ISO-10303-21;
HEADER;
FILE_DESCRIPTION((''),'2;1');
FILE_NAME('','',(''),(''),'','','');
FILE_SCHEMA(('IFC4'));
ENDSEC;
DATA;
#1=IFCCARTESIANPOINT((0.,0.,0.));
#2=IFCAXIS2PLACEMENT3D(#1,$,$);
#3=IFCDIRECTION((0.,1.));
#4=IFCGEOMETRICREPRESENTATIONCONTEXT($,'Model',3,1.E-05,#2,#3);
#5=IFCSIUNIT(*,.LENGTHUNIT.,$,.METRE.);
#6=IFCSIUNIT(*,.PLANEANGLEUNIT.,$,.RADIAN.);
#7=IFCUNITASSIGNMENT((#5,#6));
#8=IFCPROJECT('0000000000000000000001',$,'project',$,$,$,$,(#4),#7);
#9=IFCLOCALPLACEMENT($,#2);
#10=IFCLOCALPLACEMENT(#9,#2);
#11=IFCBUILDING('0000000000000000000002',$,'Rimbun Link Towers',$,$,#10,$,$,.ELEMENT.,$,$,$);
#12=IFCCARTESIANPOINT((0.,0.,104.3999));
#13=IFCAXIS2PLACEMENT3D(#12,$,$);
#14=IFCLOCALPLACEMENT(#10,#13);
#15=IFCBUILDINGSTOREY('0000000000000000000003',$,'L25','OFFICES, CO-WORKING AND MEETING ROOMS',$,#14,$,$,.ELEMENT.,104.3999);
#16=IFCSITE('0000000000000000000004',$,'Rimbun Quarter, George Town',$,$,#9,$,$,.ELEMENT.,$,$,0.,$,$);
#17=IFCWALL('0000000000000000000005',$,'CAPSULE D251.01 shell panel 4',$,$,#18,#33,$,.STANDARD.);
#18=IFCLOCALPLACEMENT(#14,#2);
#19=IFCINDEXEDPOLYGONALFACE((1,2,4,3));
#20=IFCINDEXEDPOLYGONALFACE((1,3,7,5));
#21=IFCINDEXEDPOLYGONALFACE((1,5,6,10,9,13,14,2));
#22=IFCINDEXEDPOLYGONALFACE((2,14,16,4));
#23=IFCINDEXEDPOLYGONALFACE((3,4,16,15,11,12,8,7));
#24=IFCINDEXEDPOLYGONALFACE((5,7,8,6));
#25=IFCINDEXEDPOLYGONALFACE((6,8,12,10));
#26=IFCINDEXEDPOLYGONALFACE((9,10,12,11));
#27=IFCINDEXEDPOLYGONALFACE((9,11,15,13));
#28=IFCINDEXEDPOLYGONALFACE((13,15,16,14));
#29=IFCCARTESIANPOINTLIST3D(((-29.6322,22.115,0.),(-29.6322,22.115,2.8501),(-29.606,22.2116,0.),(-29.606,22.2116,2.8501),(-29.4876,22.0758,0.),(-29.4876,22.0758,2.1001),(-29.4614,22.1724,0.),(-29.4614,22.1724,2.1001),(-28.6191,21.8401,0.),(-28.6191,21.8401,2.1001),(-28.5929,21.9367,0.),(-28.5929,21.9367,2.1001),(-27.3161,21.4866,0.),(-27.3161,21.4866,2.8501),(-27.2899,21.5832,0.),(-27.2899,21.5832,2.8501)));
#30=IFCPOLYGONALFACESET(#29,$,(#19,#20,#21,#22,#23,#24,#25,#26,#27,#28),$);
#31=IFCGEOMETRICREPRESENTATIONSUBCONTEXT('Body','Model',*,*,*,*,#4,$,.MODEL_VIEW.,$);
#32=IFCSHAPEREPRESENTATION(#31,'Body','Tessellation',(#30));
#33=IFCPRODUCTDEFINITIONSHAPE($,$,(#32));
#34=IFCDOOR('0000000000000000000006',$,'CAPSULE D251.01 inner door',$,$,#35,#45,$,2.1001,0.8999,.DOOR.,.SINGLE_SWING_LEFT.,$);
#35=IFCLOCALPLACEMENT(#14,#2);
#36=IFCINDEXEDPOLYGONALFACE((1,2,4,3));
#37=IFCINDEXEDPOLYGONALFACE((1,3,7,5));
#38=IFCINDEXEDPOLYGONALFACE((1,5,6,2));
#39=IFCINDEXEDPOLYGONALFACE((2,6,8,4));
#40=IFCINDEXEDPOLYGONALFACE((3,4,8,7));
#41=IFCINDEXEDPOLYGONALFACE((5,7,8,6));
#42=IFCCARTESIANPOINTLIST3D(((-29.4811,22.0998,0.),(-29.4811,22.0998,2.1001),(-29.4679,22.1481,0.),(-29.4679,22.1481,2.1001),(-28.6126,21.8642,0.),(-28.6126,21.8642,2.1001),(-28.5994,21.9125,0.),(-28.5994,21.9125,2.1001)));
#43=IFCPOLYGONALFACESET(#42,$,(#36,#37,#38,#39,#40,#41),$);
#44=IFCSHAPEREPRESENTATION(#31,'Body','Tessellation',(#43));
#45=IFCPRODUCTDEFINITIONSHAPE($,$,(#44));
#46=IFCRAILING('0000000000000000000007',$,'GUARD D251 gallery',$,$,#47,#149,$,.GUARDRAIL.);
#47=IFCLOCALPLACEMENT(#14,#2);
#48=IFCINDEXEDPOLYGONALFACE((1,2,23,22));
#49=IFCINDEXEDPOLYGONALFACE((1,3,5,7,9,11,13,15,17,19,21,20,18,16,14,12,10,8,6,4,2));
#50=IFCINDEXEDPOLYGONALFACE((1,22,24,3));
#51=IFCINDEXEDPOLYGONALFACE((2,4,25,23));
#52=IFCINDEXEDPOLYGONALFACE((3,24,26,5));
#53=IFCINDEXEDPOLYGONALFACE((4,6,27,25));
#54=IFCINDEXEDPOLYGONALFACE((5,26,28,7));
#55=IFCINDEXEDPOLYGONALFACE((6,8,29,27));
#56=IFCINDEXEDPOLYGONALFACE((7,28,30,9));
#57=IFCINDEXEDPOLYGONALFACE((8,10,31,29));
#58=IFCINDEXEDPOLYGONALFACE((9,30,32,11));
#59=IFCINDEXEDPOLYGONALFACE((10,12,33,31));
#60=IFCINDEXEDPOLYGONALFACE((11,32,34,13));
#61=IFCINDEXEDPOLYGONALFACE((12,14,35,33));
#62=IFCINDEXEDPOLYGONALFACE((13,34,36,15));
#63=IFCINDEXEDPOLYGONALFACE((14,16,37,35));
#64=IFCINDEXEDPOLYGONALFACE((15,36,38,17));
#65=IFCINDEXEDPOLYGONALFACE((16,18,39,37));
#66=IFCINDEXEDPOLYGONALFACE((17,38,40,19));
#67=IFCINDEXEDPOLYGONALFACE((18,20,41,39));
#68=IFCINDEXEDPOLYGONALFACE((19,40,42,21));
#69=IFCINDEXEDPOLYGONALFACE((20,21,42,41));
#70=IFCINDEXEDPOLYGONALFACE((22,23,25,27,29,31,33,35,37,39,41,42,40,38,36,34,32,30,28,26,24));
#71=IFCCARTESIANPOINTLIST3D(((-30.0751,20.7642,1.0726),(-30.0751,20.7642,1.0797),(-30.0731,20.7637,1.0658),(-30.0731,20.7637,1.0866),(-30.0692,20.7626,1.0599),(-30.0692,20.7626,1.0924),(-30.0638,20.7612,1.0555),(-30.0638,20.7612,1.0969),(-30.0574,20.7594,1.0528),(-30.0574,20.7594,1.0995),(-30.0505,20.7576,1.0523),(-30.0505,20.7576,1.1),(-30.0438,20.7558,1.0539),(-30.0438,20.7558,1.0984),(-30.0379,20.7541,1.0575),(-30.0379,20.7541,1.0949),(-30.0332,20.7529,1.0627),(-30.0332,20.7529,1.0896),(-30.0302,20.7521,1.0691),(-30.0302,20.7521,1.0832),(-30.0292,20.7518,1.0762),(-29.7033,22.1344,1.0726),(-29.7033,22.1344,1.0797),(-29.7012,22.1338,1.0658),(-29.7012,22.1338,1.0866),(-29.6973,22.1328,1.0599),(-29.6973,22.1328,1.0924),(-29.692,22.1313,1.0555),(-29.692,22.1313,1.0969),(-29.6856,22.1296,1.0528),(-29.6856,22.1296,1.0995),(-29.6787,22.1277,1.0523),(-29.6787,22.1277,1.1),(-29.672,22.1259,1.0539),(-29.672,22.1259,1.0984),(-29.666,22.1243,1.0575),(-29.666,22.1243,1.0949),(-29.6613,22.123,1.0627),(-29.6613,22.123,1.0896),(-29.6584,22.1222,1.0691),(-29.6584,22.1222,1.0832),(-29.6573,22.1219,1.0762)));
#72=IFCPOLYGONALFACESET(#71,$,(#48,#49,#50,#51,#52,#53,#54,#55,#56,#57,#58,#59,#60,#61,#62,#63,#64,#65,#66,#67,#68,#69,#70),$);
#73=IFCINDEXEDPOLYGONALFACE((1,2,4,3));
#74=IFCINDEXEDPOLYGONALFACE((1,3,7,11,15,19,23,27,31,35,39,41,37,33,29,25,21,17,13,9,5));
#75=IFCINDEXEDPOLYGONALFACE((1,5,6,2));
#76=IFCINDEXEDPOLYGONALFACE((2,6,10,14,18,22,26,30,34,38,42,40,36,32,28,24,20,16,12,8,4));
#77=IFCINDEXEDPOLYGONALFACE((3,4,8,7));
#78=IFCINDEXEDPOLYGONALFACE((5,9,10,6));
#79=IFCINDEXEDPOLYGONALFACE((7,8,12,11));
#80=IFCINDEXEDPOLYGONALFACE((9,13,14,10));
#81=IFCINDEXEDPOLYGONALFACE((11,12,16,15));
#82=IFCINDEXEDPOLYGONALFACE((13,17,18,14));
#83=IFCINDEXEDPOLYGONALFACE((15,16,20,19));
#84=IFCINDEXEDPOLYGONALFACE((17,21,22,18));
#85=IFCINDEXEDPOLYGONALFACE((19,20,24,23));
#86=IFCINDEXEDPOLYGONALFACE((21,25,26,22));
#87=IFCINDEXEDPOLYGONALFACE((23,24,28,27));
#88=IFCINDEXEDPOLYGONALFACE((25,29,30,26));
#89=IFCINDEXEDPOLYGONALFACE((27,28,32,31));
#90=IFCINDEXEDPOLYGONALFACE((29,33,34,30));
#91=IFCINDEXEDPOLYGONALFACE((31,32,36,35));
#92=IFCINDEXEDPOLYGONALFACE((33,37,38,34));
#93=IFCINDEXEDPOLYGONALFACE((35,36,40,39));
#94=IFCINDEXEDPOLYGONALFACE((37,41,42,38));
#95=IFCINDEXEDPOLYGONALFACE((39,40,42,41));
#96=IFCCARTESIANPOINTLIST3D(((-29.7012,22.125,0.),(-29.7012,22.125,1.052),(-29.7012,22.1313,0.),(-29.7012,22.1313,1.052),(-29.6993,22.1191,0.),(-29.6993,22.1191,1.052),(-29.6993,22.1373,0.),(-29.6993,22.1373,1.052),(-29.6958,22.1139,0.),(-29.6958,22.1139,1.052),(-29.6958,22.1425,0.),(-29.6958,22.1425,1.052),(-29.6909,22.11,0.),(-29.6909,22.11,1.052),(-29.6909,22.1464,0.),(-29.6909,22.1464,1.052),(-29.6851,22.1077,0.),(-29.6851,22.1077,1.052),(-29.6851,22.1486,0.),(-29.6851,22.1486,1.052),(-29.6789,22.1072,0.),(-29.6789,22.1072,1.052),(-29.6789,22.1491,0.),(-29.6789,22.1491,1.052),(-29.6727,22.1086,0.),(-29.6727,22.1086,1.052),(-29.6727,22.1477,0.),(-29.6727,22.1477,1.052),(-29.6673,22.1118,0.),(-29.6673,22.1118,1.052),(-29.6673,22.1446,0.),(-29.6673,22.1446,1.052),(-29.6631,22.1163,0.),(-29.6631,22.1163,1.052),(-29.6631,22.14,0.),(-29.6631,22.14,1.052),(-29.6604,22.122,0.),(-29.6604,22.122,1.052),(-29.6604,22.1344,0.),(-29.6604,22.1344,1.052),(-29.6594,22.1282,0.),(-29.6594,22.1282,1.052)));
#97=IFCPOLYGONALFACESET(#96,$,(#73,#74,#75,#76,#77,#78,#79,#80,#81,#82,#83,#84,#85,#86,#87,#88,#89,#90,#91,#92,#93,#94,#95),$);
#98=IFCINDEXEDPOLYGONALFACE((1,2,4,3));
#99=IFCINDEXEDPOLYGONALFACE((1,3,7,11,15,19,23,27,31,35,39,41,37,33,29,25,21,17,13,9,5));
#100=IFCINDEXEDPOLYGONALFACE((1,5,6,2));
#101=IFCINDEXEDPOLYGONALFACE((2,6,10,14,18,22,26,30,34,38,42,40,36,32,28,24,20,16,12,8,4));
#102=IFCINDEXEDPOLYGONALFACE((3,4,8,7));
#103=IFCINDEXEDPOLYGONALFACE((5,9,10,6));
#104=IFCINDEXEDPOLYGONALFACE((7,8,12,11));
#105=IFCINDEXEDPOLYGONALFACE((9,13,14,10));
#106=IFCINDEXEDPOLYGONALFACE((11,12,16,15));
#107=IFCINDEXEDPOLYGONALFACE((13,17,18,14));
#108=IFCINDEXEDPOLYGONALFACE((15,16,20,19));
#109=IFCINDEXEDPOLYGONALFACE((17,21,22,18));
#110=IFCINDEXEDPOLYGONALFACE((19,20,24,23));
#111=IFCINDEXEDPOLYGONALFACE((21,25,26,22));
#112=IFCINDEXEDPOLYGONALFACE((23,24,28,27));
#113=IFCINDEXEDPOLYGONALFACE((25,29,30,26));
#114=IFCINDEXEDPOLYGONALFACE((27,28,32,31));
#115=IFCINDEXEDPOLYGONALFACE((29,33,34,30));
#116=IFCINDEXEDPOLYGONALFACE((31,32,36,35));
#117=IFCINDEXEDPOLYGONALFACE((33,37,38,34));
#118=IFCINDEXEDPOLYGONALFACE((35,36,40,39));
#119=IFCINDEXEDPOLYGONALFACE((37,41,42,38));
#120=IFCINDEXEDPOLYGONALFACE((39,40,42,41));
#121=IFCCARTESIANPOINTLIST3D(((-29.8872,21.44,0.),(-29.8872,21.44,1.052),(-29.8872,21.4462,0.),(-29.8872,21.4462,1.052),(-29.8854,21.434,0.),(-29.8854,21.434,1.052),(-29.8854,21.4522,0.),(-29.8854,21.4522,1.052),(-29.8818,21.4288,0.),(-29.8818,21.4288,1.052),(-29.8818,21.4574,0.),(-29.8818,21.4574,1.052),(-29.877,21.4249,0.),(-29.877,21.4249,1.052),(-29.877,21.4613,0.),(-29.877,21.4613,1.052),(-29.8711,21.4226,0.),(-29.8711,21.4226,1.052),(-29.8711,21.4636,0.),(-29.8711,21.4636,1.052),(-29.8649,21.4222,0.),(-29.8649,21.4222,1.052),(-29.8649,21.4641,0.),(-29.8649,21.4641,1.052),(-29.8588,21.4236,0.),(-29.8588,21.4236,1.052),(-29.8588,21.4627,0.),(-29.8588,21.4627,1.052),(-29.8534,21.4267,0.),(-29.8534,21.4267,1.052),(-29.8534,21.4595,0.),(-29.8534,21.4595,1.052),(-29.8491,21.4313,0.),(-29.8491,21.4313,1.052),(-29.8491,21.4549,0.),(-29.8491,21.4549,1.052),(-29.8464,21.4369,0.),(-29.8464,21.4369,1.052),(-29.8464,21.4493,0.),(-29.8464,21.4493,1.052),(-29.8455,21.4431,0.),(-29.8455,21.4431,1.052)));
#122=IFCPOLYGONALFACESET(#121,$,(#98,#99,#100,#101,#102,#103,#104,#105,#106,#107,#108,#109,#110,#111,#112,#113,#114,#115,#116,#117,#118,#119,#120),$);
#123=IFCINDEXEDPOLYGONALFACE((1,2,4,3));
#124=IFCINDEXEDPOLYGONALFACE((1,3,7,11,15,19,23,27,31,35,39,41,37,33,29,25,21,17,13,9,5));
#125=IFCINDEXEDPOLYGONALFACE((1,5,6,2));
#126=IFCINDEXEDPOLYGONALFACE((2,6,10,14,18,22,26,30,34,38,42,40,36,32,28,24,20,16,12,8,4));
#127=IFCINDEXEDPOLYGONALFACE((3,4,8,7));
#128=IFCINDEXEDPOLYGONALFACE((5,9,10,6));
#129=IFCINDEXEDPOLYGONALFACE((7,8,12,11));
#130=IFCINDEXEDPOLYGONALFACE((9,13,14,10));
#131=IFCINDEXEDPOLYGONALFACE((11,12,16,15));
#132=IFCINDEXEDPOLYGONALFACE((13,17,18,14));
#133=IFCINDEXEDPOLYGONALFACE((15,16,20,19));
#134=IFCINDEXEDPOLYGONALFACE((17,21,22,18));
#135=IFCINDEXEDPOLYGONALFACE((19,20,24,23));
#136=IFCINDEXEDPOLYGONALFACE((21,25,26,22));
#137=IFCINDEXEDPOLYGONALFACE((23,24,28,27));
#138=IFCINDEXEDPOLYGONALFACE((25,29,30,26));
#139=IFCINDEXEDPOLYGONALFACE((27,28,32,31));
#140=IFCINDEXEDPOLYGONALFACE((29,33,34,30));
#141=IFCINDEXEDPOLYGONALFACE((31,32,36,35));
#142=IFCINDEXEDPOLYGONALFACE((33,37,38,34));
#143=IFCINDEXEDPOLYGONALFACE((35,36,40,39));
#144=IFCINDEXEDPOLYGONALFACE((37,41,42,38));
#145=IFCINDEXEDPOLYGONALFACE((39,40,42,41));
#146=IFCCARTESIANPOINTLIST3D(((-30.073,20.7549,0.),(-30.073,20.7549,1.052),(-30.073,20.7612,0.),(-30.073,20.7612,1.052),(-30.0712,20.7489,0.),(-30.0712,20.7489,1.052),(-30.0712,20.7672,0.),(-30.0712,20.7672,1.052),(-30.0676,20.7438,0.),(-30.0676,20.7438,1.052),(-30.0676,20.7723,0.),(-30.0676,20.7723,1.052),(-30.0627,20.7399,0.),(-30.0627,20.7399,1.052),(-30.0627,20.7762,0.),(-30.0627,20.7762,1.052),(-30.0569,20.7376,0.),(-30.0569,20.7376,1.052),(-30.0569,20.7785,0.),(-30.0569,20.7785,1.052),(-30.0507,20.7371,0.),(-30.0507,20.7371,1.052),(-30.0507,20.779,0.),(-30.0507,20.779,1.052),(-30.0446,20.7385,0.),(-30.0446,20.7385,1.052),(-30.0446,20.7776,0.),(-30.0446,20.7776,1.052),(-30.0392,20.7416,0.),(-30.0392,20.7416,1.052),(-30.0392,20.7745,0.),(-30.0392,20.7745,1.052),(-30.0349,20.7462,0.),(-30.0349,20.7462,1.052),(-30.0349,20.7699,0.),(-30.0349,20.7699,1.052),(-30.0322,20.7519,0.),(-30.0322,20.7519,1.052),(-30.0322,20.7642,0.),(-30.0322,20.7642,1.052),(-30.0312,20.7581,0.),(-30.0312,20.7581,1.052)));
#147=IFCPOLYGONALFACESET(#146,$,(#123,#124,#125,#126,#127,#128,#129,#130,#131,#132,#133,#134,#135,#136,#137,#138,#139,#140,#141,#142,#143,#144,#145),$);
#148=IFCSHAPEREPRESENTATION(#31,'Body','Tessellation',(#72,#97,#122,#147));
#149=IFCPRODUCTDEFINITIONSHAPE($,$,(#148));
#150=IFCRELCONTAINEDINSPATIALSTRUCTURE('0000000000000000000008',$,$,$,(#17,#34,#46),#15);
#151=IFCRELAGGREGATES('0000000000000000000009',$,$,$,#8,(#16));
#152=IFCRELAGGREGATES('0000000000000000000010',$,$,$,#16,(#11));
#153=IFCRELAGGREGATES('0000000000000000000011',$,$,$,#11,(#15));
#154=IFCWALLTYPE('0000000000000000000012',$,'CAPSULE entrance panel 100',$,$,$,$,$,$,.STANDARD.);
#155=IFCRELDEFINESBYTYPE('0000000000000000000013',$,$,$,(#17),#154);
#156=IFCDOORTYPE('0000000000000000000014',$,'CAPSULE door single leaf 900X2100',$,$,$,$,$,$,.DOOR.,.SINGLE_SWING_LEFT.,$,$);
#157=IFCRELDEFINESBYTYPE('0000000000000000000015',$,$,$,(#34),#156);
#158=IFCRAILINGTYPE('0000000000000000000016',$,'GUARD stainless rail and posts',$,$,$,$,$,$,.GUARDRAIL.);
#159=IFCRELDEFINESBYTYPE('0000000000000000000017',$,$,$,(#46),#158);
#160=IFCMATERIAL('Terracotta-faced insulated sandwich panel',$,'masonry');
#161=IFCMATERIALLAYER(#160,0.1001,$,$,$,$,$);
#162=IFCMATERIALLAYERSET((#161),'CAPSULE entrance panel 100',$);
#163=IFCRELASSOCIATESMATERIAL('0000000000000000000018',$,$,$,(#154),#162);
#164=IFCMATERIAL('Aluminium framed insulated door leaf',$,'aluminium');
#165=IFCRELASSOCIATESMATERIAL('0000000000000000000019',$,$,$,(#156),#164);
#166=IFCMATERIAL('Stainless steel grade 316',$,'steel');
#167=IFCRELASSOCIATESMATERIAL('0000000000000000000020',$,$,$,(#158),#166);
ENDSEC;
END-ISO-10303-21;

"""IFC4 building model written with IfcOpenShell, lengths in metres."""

from ifc_helpers import new_model, si_unit, direction, frame, frame_2d, origin, origin_2d, place, context, subcontext, project, spatial, rectangle, circle, extrude, material, layer, layer_set, type_object, element, fill, save


model = new_model("IFC4")

# Units and contexts
model_context = context("Model", 3, precision=1e-05, world=origin(), true_north=direction((0.0, 1.0)))
body_context = subcontext(model_context, "Body", "Model", "MODEL_VIEW")
ifc_project = project(units=[si_unit("LENGTHUNIT", "METRE"), si_unit("PLANEANGLEUNIT", "RADIAN")], contexts=[model_context])

# Site, building, storey
site_placement = place(None, origin())
site = spatial("IfcSite", under=ifc_project, at=site_placement, Name="Rimbun Quarter, George Town", CompositionType="ELEMENT", RefElevation=0.0)
building_placement = place(site_placement, origin())
building = spatial("IfcBuilding", under=site, at=building_placement, Name="Rimbun Link Towers", CompositionType="ELEMENT")
storey_placement = place(building_placement, frame((0.0, 0.0, 104.3999)))
storey = spatial("IfcBuildingStorey", under=building, at=storey_placement, Name="L25", Description="OFFICES, CO-WORKING AND MEETING ROOMS", CompositionType="ELEMENT", Elevation=104.3999)

# Wall, opening, door
ifc_material_1 = material(Name="Terracotta-faced insulated sandwich panel", Category="masonry")
ifc_layer_1 = layer(ifc_material_1, 0.1001)
ifc_layer_set_1 = layer_set([ifc_layer_1], Name="CAPSULE entrance panel 100")
wall_type = type_object("IfcWallType", Name="CAPSULE entrance panel 100", PredefinedType="STANDARD", material=ifc_layer_set_1)
wall_placement = place(storey_placement, frame((-29.6191, 22.1633, 0.0), z_axis=(0.0, 0.0, 1.0), x_axis=(0.965108, -0.261852, 0.0)))
wall = element("IfcWall", 1, at=wall_placement, inside=storey, type_object=wall_type, Name="CAPSULE D251.01 shell panel 4", PredefinedType="STANDARD", context=body_context, shape_type="SweptSolid", body=[
    extrude(rectangle(XDim=2.3999, YDim=0.1001, at=frame_2d((1.2, 0.0))), origin(), (0.0, 0.0, 1.0), 2.8501),
])
opening_placement = place(wall_placement, frame((0.1499, 0.0, 0.0)))
opening = element("IfcOpeningElement", 2, at=opening_placement, cuts=wall, PredefinedType="OPENING", context=body_context, shape_type="SweptSolid", body=[
    extrude(rectangle(XDim=0.8999, YDim=2.1001, at=frame_2d((0.45, 1.05))), frame((0.0, 0.0601, 0.0), z_axis=(0.0, -1.0, 0.0), x_axis=(1.0, 0.0, 0.0)), (0.0, 0.0, 1.0), 0.1201),
])
ifc_material_2 = material(Name="Aluminium framed insulated door leaf", Category="aluminium")
door_type = type_object("IfcDoorType", Name="CAPSULE door single leaf 900X2100", OperationType="SINGLE_SWING_LEFT", PredefinedType="DOOR", material=ifc_material_2)
door_placement = place(opening_placement, origin())
door = element("IfcDoor", 3, at=door_placement, inside=storey, type_object=door_type, Name="CAPSULE D251.01 inner door", OperationType="SINGLE_SWING_LEFT", OverallHeight=2.1001, OverallWidth=0.8999, PredefinedType="DOOR", context=body_context, shape_type="SweptSolid", body=[
    extrude(rectangle(XDim=0.8999, YDim=2.1001, at=frame_2d((0.45, 1.05))), frame((0.0, 0.0249, 0.0), z_axis=(0.0, -1.0, 0.0), x_axis=(1.0, 0.0, 0.0)), (0.0, 0.0, 1.0), 0.05),
])
fill(opening, door)

# Railing
ifc_material_3 = material(Name="Stainless steel grade 316", Category="steel")
railing_type = type_object("IfcRailingType", Name="GUARD stainless rail and posts", PredefinedType="GUARDRAIL", material=ifc_material_3)
railing_placement = place(storey_placement, frame((-29.6804, 22.1282, 0.0)))
element("IfcRailing", 4, at=railing_placement, inside=storey, type_object=railing_type, Name="GUARD D251 gallery", PredefinedType="GUARDRAIL", context=body_context, shape_type="SweptSolid", body=[
    extrude(circle(Radius=0.0239, at=origin_2d()), frame((0.0, 0.0, 1.0762), z_axis=(-0.261909, -0.965092, 0.0), x_axis=(0.965092, -0.261909, 0.0)), (0.0, 0.0, 1.0), 1.4197),
    extrude(circle(Radius=0.021, at=origin_2d()), origin(), (0.0, 0.0, 1.0), 1.052),
    extrude(circle(Radius=0.021, at=origin_2d()), frame((-0.186, -0.6851, 0.0)), (0.0, 0.0, 1.0), 1.052),
    extrude(circle(Radius=0.021, at=origin_2d()), frame((-0.3718, -1.3701, 0.0)), (0.0, 0.0, 1.0), 1.052),
])

save(model, "model.ifc")
